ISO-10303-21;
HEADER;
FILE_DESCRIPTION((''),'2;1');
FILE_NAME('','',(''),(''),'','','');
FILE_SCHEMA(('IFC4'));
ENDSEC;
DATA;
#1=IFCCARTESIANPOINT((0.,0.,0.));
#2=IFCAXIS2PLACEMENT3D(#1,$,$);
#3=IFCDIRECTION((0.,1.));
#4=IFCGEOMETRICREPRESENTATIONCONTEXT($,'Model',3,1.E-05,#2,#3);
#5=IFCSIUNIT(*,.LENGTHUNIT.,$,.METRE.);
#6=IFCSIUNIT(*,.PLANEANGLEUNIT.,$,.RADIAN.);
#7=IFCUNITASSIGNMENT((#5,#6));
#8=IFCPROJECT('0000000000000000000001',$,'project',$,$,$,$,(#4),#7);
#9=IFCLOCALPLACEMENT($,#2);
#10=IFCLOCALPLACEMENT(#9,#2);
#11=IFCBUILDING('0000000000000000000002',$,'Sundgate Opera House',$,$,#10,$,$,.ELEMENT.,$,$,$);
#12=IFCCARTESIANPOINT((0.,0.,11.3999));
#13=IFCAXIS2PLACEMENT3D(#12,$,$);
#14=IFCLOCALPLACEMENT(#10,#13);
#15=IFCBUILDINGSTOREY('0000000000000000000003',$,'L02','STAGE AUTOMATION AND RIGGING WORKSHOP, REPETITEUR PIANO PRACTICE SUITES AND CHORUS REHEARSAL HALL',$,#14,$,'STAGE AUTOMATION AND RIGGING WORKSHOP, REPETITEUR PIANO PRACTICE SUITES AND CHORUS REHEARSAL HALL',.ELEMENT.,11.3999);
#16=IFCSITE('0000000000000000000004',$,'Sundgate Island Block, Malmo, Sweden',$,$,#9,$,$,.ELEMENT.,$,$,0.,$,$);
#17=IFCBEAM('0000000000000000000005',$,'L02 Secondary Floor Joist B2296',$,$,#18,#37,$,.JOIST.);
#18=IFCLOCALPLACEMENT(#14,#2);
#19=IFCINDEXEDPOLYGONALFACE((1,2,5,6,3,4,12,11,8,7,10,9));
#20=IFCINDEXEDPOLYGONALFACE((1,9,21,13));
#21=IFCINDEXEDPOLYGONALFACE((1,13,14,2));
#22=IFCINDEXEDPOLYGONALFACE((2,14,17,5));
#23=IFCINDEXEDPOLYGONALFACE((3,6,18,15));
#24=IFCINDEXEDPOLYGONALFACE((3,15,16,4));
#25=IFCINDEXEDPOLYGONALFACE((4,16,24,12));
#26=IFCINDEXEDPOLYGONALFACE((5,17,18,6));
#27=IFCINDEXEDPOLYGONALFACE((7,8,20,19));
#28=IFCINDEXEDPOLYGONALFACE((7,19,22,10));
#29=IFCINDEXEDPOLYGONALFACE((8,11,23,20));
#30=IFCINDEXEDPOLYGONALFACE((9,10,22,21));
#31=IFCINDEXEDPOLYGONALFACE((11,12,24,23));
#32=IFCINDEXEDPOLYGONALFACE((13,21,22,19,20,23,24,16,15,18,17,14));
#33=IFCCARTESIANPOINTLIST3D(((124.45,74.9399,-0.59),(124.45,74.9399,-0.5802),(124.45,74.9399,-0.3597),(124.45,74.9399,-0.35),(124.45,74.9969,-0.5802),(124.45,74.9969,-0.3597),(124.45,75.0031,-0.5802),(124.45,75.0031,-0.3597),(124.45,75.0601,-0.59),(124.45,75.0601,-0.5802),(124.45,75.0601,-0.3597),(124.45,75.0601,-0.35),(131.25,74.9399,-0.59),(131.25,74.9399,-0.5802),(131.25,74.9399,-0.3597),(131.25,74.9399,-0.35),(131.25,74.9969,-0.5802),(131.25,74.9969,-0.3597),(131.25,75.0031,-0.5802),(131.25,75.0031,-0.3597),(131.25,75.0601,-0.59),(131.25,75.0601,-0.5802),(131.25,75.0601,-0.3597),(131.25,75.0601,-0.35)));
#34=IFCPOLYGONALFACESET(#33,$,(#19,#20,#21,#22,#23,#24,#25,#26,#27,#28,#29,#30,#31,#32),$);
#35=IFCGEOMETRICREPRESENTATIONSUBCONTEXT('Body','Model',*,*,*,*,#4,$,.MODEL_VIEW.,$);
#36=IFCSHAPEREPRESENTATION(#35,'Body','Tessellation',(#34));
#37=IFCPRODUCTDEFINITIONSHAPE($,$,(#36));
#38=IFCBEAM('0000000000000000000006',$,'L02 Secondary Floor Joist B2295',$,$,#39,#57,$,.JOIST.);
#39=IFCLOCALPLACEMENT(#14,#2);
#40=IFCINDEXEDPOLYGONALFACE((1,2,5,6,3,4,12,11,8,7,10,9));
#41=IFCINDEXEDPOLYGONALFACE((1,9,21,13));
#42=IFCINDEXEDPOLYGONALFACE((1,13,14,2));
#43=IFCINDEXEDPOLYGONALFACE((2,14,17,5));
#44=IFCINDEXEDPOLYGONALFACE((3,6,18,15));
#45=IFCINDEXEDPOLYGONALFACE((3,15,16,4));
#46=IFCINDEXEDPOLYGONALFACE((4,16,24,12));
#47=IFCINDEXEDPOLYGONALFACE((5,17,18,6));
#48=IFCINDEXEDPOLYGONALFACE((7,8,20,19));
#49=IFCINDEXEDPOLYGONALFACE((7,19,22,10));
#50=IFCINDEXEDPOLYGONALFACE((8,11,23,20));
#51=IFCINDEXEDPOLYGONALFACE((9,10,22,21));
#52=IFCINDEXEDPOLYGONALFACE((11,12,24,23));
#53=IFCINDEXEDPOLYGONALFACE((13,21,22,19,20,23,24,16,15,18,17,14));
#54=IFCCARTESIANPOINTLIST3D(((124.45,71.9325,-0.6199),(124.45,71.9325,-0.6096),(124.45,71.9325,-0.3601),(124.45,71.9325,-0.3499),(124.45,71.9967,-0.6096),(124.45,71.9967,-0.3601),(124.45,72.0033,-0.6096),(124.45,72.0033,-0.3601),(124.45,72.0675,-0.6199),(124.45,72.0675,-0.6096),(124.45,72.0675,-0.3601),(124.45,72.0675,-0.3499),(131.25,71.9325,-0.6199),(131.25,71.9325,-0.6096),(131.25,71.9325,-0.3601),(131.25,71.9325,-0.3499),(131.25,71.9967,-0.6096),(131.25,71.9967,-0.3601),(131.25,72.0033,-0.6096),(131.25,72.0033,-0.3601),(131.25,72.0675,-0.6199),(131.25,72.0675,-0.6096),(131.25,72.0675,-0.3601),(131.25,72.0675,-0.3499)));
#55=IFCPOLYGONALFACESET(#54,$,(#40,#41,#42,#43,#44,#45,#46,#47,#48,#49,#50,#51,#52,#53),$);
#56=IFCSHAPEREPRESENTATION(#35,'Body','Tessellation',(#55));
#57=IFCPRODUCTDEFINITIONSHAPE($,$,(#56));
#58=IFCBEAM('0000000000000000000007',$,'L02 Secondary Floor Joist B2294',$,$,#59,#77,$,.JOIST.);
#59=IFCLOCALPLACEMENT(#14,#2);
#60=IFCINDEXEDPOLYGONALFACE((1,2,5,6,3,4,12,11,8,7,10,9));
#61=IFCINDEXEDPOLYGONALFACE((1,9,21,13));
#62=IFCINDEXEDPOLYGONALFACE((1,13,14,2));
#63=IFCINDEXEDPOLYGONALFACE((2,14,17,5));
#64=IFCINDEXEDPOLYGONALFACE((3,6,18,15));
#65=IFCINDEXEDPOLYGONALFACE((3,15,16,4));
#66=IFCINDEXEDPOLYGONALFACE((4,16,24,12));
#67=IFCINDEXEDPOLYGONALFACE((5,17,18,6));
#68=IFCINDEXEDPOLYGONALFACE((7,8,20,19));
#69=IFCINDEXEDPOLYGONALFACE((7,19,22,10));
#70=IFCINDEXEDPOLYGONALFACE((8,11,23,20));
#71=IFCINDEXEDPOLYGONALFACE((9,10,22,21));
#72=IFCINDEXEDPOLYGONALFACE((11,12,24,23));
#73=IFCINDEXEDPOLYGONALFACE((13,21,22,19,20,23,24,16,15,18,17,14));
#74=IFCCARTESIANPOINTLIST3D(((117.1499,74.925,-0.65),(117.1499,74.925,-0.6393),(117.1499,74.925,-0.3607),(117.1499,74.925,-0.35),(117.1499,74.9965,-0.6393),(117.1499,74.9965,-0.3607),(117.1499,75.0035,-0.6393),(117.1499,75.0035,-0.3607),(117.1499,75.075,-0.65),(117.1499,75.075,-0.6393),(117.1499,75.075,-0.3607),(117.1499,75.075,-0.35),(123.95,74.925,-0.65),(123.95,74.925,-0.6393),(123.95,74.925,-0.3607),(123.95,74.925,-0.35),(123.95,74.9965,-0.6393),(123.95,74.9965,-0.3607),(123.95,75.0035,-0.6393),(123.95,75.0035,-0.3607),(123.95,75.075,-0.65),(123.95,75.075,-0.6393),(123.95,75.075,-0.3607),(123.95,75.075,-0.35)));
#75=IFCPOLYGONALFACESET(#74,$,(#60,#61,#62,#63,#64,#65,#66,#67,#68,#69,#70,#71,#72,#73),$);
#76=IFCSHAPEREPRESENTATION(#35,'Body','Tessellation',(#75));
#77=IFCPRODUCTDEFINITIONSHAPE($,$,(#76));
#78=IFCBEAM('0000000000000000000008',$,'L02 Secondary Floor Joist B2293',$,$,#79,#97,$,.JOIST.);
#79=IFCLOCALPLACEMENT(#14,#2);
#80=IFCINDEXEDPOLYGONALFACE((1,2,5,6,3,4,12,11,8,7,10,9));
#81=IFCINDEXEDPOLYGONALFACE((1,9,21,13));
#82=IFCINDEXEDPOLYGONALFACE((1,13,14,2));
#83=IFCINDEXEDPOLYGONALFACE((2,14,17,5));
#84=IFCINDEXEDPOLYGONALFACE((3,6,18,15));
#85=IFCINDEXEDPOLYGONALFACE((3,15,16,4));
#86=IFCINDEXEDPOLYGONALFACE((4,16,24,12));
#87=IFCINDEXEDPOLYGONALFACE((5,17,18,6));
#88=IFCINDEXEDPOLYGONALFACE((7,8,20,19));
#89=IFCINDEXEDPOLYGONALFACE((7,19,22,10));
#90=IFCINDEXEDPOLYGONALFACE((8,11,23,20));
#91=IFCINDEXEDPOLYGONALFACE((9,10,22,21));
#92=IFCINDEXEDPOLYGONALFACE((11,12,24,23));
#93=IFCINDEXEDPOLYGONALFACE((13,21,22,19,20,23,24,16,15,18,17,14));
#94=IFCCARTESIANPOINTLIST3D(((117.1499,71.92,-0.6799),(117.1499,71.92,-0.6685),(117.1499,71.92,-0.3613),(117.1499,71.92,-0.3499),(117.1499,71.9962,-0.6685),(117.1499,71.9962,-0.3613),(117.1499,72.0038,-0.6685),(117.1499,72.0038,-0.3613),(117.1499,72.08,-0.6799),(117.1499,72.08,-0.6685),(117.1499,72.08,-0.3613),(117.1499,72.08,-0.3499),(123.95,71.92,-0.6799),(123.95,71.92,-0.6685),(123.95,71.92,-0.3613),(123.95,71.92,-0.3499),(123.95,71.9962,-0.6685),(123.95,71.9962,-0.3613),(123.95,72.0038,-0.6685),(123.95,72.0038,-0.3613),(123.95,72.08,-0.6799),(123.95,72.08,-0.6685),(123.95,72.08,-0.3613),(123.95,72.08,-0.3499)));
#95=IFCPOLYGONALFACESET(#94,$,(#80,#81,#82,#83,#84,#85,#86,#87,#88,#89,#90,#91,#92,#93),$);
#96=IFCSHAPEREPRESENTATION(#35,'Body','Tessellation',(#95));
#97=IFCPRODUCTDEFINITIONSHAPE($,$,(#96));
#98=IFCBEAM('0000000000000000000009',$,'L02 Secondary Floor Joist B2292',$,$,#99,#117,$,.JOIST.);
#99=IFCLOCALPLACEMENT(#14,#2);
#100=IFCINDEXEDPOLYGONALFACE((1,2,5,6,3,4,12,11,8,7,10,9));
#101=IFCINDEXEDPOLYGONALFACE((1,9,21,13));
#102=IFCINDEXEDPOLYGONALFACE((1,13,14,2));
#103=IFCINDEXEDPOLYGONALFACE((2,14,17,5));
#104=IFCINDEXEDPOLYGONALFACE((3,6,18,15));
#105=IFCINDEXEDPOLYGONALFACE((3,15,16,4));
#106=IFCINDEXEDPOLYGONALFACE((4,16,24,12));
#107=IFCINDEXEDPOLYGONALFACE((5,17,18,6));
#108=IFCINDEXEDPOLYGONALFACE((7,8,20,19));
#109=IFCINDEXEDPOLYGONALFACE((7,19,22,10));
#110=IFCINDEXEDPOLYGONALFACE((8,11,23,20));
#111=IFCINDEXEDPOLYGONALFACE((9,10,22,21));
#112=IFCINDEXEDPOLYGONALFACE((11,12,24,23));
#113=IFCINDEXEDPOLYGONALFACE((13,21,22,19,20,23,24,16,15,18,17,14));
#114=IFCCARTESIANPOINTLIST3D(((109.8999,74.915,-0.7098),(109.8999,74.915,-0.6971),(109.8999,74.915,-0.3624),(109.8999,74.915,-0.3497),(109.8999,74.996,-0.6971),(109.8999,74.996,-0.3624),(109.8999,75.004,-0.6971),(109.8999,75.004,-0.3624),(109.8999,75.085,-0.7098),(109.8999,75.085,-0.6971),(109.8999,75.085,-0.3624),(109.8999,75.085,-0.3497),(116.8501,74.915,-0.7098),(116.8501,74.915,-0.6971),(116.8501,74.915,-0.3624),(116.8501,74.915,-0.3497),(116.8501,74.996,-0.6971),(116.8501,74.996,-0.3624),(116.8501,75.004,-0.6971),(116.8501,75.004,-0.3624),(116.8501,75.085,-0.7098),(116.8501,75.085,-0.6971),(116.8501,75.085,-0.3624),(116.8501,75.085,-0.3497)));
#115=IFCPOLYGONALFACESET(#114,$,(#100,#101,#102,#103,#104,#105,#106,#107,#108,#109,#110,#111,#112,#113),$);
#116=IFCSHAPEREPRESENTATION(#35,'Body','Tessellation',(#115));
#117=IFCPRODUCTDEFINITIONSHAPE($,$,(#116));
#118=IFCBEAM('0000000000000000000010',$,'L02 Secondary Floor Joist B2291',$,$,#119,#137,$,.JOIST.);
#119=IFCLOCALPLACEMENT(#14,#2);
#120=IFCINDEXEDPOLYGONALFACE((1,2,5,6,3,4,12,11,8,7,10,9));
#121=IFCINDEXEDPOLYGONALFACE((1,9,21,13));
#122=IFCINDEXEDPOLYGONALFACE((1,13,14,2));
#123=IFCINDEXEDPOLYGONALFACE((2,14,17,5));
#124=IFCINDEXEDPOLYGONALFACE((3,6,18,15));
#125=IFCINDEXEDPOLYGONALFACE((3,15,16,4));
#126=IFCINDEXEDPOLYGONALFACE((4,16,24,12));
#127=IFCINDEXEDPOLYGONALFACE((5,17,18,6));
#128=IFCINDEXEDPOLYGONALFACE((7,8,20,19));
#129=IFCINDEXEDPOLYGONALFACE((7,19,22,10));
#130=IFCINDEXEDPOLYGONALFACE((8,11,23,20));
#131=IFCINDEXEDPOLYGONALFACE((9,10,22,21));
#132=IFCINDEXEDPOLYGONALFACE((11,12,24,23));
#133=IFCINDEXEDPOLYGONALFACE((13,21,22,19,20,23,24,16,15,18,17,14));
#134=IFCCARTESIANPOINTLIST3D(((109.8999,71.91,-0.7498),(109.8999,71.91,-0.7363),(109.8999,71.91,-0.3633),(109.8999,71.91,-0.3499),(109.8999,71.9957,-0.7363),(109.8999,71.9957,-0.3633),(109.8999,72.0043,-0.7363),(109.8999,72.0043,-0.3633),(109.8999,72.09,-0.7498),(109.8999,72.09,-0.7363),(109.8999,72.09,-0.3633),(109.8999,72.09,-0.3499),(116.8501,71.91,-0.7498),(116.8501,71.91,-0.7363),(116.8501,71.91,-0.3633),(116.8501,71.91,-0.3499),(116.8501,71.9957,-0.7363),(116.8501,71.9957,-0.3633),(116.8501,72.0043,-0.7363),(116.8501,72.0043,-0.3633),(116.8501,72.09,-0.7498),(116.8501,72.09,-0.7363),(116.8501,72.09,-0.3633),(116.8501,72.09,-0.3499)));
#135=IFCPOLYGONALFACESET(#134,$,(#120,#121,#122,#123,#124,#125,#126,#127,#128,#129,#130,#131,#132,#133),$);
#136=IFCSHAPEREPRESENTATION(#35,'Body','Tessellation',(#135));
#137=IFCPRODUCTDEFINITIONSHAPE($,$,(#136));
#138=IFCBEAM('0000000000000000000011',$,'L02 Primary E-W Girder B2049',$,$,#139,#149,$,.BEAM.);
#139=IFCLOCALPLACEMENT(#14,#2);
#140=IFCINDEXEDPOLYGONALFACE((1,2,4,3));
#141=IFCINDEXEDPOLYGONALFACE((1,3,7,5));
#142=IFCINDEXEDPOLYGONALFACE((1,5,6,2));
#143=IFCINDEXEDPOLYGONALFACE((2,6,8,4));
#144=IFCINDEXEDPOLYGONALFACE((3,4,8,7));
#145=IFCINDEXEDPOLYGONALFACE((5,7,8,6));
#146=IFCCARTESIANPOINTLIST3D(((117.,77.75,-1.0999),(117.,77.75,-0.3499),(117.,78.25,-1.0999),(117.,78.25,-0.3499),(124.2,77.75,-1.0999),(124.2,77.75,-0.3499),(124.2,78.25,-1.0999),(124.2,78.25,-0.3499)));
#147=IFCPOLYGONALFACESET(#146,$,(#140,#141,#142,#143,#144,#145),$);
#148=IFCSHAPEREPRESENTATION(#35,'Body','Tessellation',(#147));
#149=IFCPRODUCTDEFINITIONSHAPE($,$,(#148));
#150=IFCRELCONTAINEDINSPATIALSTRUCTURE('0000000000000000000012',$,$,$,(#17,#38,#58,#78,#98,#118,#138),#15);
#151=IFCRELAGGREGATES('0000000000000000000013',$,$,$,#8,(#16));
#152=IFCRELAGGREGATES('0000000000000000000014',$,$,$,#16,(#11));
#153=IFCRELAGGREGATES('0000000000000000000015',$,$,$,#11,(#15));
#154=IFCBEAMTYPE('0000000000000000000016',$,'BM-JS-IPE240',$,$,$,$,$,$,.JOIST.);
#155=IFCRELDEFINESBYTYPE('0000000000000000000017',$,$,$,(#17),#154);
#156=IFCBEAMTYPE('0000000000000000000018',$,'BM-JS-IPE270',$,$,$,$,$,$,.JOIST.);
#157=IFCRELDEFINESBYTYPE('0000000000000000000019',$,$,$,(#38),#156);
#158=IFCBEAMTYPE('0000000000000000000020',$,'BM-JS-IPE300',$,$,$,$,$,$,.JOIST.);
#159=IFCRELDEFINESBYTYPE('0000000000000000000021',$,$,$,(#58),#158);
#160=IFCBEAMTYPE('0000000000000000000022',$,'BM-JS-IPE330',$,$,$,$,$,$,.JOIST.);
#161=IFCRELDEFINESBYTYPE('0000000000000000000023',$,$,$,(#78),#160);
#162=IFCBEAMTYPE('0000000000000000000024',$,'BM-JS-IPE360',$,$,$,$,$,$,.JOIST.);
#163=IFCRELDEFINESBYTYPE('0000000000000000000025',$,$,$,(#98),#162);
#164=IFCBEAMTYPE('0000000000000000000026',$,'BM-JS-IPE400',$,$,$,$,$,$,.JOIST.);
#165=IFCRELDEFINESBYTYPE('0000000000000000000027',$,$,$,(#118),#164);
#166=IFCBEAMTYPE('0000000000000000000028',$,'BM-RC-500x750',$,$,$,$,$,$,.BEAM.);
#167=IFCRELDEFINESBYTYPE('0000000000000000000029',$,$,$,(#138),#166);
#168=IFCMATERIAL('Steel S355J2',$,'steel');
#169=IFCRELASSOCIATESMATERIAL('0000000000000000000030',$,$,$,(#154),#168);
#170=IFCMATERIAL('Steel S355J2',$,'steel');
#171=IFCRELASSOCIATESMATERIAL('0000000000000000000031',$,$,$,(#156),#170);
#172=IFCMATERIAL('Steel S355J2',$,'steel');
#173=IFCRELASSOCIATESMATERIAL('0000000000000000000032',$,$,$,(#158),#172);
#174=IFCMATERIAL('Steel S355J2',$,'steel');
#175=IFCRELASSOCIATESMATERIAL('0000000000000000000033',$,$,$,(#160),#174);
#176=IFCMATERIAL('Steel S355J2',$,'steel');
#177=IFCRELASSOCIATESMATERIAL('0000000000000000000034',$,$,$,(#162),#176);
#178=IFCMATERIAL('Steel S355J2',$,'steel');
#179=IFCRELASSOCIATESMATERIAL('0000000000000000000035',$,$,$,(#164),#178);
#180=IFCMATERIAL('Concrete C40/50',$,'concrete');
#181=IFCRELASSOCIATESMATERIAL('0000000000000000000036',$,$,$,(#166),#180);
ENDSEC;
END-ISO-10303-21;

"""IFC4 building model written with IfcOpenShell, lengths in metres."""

from ifc_helpers import new_model, si_unit, direction, frame, origin, origin_2d, place, context, subcontext, project, spatial, rectangle, i_section, extrude, material, material_profile, profile_set, type_object, element, save


model = new_model("IFC4")

# Units and contexts
model_context = context("Model", 3, precision=1e-05, world=origin(), true_north=direction((0.0, 1.0)))
body_context = subcontext(model_context, "Body", "Model", "MODEL_VIEW")
ifc_project = project(units=[si_unit("LENGTHUNIT", "METRE"), si_unit("PLANEANGLEUNIT", "RADIAN")], contexts=[model_context])

# Site, building, storey
site_placement = place(None, origin())
site = spatial("IfcSite", under=ifc_project, at=site_placement, Name="Sundgate Island Block, Malmo, Sweden", CompositionType="ELEMENT", RefElevation=0.0)
building_placement = place(site_placement, origin())
building = spatial("IfcBuilding", under=site, at=building_placement, Name="Sundgate Opera House", CompositionType="ELEMENT")
storey_placement = place(building_placement, frame((0.0, 0.0, 11.3999)))
storey = spatial("IfcBuildingStorey", under=building, at=storey_placement, Name="L02", Description="STAGE AUTOMATION AND RIGGING WORKSHOP, REPETITEUR PIANO PRACTICE SUITES AND CHORUS REHEARSAL HALL", LongName="STAGE AUTOMATION AND RIGGING WORKSHOP, REPETITEUR PIANO PRACTICE SUITES AND CHORUS REHEARSAL HALL", CompositionType="ELEMENT", Elevation=11.3999)

# Beams
ifc_material_1 = material(Name="Steel S355J2", Category="steel")
ifc_material_profile_1 = material_profile(ifc_material_1, i_section(OverallWidth=0.1201, OverallDepth=0.24, WebThickness=0.0061, FlangeThickness=0.0098, at=origin_2d()), Name="IPE 240")
ifc_profile_set_1 = profile_set([ifc_material_profile_1], Name="Steel S355J2")
beam_type_1 = type_object("IfcBeamType", Name="BM-JS-IPE240", PredefinedType="JOIST", material=ifc_profile_set_1)
beam_1_placement = place(storey_placement, frame((124.45, 75.0, -0.47), z_axis=(1.0, 0.0, 0.0), x_axis=(0.0, 1.0, 0.0)))
element("IfcBeam", 1, at=beam_1_placement, inside=storey, type_object=beam_type_1, Name="L02 Secondary Floor Joist B2296", PredefinedType="JOIST", context=body_context, shape_type="SweptSolid", body=[
    extrude(i_section(OverallWidth=0.1201, OverallDepth=0.24, WebThickness=0.0061, FlangeThickness=0.0098, at=origin_2d()), origin(), (0.0, 0.0, 1.0), 6.8),
])
ifc_material_2 = material(Name="Steel S355J2", Category="steel")
ifc_material_profile_2 = material_profile(ifc_material_2, i_section(OverallWidth=0.135, OverallDepth=0.27, WebThickness=0.0066, FlangeThickness=0.0103, at=origin_2d()), Name="IPE 270")
ifc_profile_set_2 = profile_set([ifc_material_profile_2], Name="Steel S355J2")
beam_type_2 = type_object("IfcBeamType", Name="BM-JS-IPE270", PredefinedType="JOIST", material=ifc_profile_set_2)
beam_2_placement = place(storey_placement, frame((124.45, 72.0, -0.4849), z_axis=(1.0, 0.0, 0.0), x_axis=(0.0, 1.0, 0.0)))
element("IfcBeam", 2, at=beam_2_placement, inside=storey, type_object=beam_type_2, Name="L02 Secondary Floor Joist B2295", PredefinedType="JOIST", context=body_context, shape_type="SweptSolid", body=[
    extrude(i_section(OverallWidth=0.135, OverallDepth=0.27, WebThickness=0.0066, FlangeThickness=0.0103, at=origin_2d()), origin(), (0.0, 0.0, 1.0), 6.8),
])
ifc_material_3 = material(Name="Steel S355J2", Category="steel")
ifc_material_profile_3 = material_profile(ifc_material_3, i_section(OverallWidth=0.1499, OverallDepth=0.3, WebThickness=0.0071, FlangeThickness=0.0107, at=origin_2d()), Name="IPE 300")
ifc_profile_set_3 = profile_set([ifc_material_profile_3], Name="Steel S355J2")
beam_type_3 = type_object("IfcBeamType", Name="BM-JS-IPE300", PredefinedType="JOIST", material=ifc_profile_set_3)
beam_3_placement = place(storey_placement, frame((117.1499, 75.0, -0.5), z_axis=(1.0, 0.0, 0.0), x_axis=(0.0, 1.0, 0.0)))
element("IfcBeam", 3, at=beam_3_placement, inside=storey, type_object=beam_type_3, Name="L02 Secondary Floor Joist B2294", PredefinedType="JOIST", context=body_context, shape_type="SweptSolid", body=[
    extrude(i_section(OverallWidth=0.1499, OverallDepth=0.3, WebThickness=0.0071, FlangeThickness=0.0107, at=origin_2d()), origin(), (0.0, 0.0, 1.0), 6.8),
])
ifc_material_4 = material(Name="Steel S355J2", Category="steel")
ifc_material_profile_4 = material_profile(ifc_material_4, i_section(OverallWidth=0.1599, OverallDepth=0.3301, WebThickness=0.0076, FlangeThickness=0.0115, at=origin_2d()), Name="IPE 330")
ifc_profile_set_4 = profile_set([ifc_material_profile_4], Name="Steel S355J2")
beam_type_4 = type_object("IfcBeamType", Name="BM-JS-IPE330", PredefinedType="JOIST", material=ifc_profile_set_4)
beam_4_placement = place(storey_placement, frame((117.1499, 72.0, -0.5149), z_axis=(1.0, 0.0, 0.0), x_axis=(0.0, 1.0, 0.0)))
element("IfcBeam", 4, at=beam_4_placement, inside=storey, type_object=beam_type_4, Name="L02 Secondary Floor Joist B2293", PredefinedType="JOIST", context=body_context, shape_type="SweptSolid", body=[
    extrude(i_section(OverallWidth=0.1599, OverallDepth=0.3301, WebThickness=0.0076, FlangeThickness=0.0115, at=origin_2d()), origin(), (0.0, 0.0, 1.0), 6.8),
])
ifc_material_5 = material(Name="Steel S355J2", Category="steel")
ifc_material_profile_5 = material_profile(ifc_material_5, i_section(OverallWidth=0.1699, OverallDepth=0.3601, WebThickness=0.0081, FlangeThickness=0.0127, at=origin_2d()), Name="IPE 360")
ifc_profile_set_5 = profile_set([ifc_material_profile_5], Name="Steel S355J2")
beam_type_5 = type_object("IfcBeamType", Name="BM-JS-IPE360", PredefinedType="JOIST", material=ifc_profile_set_5)
beam_5_placement = place(storey_placement, frame((109.8999, 75.0, -0.5298), z_axis=(1.0, 0.0, 0.0), x_axis=(0.0, 1.0, 0.0)))
element("IfcBeam", 5, at=beam_5_placement, inside=storey, type_object=beam_type_5, Name="L02 Secondary Floor Joist B2292", PredefinedType="JOIST", context=body_context, shape_type="SweptSolid", body=[
    extrude(i_section(OverallWidth=0.1699, OverallDepth=0.3601, WebThickness=0.0081, FlangeThickness=0.0127, at=origin_2d()), origin(), (0.0, 0.0, 1.0), 6.9502),
])
ifc_material_6 = material(Name="Steel S355J2", Category="steel")
ifc_material_profile_6 = material_profile(ifc_material_6, i_section(OverallWidth=0.1799, OverallDepth=0.3999, WebThickness=0.0085, FlangeThickness=0.0134, at=origin_2d()), Name="IPE 400")
ifc_profile_set_6 = profile_set([ifc_material_profile_6], Name="Steel S355J2")
beam_type_6 = type_object("IfcBeamType", Name="BM-JS-IPE400", PredefinedType="JOIST", material=ifc_profile_set_6)
beam_6_placement = place(storey_placement, frame((109.8999, 72.0, -0.5498), z_axis=(1.0, 0.0, 0.0), x_axis=(0.0, 1.0, 0.0)))
element("IfcBeam", 6, at=beam_6_placement, inside=storey, type_object=beam_type_6, Name="L02 Secondary Floor Joist B2291", PredefinedType="JOIST", context=body_context, shape_type="SweptSolid", body=[
    extrude(i_section(OverallWidth=0.1799, OverallDepth=0.3999, WebThickness=0.0085, FlangeThickness=0.0134, at=origin_2d()), origin(), (0.0, 0.0, 1.0), 6.9502),
])
ifc_material_7 = material(Name="Concrete C40/50", Category="concrete")
ifc_material_profile_7 = material_profile(ifc_material_7, rectangle(XDim=0.5, YDim=0.75, at=origin_2d()), Name="RC 500x750")
ifc_profile_set_7 = profile_set([ifc_material_profile_7], Name="Concrete C40/50")
beam_type_7 = type_object("IfcBeamType", Name="BM-RC-500x750", PredefinedType="BEAM", material=ifc_profile_set_7)
beam_7_placement = place(storey_placement, frame((117.0, 78.0, -0.7249), z_axis=(1.0, 0.0, 0.0), x_axis=(0.0, 1.0, 0.0)))
element("IfcBeam", 7, at=beam_7_placement, inside=storey, type_object=beam_type_7, Name="L02 Primary E-W Girder B2049", PredefinedType="BEAM", context=body_context, shape_type="SweptSolid", body=[
    extrude(rectangle(XDim=0.5, YDim=0.75, at=origin_2d()), origin(), (0.0, 0.0, 1.0), 7.2),
])

save(model, "model.ifc")
